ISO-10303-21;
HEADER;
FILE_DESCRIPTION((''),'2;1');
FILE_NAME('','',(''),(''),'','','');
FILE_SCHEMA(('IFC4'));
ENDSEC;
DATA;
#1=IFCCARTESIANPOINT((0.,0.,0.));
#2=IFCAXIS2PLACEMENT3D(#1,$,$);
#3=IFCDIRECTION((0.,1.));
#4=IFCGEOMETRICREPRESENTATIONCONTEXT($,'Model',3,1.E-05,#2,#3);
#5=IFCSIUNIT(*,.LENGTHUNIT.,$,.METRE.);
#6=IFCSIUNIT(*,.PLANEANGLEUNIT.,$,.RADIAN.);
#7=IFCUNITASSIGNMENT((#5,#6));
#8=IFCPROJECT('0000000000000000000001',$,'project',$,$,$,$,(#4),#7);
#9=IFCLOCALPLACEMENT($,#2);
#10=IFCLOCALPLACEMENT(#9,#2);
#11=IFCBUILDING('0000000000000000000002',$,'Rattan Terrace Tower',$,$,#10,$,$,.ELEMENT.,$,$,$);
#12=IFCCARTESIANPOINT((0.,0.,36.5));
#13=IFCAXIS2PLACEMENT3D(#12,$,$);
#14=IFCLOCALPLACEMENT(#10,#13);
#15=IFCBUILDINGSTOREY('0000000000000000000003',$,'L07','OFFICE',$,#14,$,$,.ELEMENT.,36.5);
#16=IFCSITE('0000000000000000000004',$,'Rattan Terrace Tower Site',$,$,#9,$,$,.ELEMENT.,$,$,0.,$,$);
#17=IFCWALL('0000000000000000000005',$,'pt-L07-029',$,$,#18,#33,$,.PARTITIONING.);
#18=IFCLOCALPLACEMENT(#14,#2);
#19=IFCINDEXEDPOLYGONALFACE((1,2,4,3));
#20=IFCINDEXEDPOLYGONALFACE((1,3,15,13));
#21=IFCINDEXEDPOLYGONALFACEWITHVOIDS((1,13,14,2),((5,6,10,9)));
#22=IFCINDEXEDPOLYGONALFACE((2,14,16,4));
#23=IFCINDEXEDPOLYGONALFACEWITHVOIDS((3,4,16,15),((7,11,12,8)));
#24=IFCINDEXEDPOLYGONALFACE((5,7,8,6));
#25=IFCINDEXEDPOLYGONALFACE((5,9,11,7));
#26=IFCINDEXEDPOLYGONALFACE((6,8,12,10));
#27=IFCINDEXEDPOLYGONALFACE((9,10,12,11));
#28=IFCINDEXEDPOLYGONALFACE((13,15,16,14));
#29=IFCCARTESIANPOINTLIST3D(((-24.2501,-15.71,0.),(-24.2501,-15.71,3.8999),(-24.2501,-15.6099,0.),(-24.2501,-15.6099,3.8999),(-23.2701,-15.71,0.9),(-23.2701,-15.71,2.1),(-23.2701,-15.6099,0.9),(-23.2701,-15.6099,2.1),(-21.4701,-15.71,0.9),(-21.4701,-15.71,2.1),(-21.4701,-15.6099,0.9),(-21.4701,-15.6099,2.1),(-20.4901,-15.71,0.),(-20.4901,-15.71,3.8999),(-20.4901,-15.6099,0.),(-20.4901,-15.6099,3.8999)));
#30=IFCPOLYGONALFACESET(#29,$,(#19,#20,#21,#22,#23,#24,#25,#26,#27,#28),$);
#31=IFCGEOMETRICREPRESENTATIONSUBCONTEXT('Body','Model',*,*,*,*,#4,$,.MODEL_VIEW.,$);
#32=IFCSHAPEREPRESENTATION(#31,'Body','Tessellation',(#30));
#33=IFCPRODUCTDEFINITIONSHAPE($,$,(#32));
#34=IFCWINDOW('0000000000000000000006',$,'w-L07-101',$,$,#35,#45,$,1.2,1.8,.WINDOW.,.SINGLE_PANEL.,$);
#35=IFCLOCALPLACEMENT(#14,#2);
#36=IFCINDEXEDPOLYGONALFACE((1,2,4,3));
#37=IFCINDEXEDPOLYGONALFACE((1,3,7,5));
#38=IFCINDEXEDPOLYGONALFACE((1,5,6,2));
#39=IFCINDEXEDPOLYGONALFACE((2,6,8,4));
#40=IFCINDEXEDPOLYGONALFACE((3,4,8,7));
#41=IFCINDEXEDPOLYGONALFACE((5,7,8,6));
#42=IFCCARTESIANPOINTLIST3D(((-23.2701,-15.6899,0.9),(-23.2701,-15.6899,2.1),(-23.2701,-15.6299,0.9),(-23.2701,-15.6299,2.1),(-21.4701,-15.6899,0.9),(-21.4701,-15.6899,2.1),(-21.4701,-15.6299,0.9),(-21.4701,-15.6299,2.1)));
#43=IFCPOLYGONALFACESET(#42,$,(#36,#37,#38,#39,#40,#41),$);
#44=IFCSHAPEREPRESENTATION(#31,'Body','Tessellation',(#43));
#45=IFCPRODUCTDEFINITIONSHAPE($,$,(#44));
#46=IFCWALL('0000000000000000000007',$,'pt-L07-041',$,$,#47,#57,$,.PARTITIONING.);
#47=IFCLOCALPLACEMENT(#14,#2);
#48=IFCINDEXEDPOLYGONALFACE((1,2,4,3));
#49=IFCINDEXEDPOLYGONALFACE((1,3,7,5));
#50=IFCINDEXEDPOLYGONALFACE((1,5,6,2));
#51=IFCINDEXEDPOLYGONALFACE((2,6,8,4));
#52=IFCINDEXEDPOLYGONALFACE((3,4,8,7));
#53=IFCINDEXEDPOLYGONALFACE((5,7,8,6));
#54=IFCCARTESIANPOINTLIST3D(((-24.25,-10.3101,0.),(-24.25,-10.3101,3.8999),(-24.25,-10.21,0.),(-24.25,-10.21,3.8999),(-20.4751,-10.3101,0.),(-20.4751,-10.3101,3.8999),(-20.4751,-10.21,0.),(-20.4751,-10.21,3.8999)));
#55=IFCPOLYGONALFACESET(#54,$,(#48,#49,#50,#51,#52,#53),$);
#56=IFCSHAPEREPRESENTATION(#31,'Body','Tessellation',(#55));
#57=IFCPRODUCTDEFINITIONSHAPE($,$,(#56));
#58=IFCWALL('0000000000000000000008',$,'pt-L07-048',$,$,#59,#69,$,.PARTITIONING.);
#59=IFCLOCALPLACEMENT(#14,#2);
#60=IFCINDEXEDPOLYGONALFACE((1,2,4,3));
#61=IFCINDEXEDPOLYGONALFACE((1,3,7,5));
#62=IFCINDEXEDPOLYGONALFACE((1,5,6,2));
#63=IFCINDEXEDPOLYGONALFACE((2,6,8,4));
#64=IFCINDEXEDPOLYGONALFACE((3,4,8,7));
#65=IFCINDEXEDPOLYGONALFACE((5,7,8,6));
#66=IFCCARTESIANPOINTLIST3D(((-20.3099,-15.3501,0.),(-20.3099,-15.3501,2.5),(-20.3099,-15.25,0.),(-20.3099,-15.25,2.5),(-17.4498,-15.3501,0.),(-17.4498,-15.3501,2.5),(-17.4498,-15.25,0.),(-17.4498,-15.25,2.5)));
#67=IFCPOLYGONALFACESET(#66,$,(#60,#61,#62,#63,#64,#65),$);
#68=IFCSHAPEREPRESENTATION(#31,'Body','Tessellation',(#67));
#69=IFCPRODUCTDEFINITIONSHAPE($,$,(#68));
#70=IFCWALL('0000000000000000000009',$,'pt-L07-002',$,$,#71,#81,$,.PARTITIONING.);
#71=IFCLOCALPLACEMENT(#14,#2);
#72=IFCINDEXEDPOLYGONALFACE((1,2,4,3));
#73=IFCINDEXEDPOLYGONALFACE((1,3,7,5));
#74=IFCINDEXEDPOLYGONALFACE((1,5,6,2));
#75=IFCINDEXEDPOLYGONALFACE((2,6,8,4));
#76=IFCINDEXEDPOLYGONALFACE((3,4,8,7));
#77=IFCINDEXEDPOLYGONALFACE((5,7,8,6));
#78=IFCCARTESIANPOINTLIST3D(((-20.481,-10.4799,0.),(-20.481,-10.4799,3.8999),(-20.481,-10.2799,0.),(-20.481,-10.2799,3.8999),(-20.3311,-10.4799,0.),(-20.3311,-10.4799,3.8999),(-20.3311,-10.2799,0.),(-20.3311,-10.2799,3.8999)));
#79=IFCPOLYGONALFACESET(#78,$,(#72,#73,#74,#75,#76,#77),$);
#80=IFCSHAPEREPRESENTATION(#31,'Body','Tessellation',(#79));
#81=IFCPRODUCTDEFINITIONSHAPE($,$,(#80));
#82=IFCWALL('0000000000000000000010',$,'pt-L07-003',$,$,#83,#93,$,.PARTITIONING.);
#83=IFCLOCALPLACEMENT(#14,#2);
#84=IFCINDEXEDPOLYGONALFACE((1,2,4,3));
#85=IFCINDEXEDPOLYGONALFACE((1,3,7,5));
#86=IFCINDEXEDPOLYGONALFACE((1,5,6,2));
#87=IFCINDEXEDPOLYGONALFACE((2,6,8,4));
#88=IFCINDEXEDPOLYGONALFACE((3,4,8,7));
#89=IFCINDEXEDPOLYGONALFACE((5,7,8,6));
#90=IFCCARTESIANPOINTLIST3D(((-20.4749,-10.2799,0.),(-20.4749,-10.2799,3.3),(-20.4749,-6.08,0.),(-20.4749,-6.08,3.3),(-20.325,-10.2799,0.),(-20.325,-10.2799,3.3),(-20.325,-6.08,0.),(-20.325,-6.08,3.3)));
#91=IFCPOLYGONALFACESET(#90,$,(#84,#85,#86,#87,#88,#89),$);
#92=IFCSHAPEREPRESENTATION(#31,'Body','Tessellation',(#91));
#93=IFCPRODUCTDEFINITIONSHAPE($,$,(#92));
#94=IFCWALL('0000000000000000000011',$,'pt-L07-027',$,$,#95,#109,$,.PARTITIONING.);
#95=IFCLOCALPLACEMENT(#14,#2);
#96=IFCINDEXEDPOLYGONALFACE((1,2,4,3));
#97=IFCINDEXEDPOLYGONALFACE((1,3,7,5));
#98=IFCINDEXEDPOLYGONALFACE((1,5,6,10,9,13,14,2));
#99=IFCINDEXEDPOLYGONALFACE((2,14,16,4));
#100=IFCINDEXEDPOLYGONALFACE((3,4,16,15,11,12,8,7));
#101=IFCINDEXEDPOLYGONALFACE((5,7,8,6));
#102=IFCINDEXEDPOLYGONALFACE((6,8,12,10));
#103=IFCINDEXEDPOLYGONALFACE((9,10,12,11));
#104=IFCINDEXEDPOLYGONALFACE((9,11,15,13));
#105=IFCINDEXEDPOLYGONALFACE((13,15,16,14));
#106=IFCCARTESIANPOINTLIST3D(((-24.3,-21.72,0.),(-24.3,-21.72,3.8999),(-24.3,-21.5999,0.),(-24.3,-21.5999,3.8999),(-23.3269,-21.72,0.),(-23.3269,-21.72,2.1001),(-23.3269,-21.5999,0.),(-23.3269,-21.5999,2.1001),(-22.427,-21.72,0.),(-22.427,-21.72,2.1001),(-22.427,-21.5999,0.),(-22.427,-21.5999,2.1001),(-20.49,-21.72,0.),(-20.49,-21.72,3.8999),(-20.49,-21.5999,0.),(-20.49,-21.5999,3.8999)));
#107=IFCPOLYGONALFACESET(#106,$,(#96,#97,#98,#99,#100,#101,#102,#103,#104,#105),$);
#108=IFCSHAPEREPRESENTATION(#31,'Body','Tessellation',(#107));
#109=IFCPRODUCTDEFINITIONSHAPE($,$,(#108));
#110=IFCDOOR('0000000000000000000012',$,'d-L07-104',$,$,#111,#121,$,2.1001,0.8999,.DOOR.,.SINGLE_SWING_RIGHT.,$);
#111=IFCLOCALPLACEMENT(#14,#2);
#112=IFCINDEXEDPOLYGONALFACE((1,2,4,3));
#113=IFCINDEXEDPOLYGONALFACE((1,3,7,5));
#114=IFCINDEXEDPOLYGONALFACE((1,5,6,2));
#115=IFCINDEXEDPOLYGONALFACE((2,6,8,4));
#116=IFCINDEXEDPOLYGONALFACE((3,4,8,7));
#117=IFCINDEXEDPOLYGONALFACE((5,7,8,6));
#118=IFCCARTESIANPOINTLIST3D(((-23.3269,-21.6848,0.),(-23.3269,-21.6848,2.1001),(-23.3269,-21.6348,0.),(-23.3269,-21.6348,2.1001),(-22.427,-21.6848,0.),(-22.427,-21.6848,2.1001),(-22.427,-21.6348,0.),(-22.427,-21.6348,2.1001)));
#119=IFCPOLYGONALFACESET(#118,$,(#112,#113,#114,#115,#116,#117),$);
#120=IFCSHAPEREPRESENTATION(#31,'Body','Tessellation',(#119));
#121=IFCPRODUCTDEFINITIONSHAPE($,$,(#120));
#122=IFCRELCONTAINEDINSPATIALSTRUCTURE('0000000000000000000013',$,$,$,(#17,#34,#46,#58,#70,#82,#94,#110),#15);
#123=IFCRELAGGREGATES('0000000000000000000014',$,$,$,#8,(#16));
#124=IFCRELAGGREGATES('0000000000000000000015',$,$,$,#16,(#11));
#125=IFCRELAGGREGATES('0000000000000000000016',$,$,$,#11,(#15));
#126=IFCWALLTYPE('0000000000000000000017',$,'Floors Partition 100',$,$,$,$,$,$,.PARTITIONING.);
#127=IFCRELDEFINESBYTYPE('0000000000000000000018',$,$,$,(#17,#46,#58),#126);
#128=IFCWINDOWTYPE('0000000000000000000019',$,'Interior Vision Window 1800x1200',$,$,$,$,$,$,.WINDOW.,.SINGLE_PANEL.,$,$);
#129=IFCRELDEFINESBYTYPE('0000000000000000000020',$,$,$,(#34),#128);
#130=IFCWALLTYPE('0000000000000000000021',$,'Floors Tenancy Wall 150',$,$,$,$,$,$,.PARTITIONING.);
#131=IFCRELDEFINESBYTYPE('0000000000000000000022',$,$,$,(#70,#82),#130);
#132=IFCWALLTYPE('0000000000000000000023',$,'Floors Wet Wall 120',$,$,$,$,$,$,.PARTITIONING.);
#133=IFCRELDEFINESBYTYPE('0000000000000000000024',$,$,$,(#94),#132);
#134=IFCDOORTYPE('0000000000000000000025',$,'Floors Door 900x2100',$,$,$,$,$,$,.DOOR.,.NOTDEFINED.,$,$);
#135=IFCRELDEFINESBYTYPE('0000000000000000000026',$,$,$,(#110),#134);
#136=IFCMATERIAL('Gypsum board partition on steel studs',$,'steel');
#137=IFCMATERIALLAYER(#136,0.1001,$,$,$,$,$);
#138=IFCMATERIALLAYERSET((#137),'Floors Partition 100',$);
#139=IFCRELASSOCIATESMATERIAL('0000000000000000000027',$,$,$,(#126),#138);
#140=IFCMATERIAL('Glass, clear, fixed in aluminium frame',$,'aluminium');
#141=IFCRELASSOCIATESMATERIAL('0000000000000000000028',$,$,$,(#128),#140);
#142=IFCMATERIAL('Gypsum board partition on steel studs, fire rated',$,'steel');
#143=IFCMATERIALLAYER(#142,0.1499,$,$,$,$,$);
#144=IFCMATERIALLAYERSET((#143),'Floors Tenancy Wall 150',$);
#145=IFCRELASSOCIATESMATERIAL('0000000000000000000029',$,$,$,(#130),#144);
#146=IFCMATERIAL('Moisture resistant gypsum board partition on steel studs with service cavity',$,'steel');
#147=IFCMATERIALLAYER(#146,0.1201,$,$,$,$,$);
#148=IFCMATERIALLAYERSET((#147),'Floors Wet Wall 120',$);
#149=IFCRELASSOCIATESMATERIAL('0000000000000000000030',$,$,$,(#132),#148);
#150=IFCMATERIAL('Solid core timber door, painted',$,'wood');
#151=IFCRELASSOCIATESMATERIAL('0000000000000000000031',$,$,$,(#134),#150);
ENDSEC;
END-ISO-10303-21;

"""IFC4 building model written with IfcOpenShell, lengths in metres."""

from ifc_helpers import new_model, si_unit, direction, frame, frame_2d, origin, place, context, subcontext, project, spatial, rectangle, extrude, material, layer, layer_set, type_object, element, fill, save


model = new_model("IFC4")

# Units and contexts
model_context = context("Model", 3, precision=1e-05, world=origin(), true_north=direction((0.0, 1.0)))
body_context = subcontext(model_context, "Body", "Model", "MODEL_VIEW")
ifc_project = project(units=[si_unit("LENGTHUNIT", "METRE"), si_unit("PLANEANGLEUNIT", "RADIAN")], contexts=[model_context])

# Site, building, storey
site_placement = place(None, origin())
site = spatial("IfcSite", under=ifc_project, at=site_placement, Name="Rattan Terrace Tower Site", CompositionType="ELEMENT", RefElevation=0.0)
building_placement = place(site_placement, origin())
building = spatial("IfcBuilding", under=site, at=building_placement, Name="Rattan Terrace Tower", CompositionType="ELEMENT")
storey_placement = place(building_placement, frame((0.0, 0.0, 36.5)))
storey = spatial("IfcBuildingStorey", under=building, at=storey_placement, Name="L07", Description="OFFICE", CompositionType="ELEMENT", Elevation=36.5)

# Wall, opening, window
ifc_material_1 = material(Name="Gypsum board partition on steel studs", Category="steel")
ifc_layer_1 = layer(ifc_material_1, 0.1001)
ifc_layer_set_1 = layer_set([ifc_layer_1], Name="Floors Partition 100")
wall_type_1 = type_object("IfcWallType", Name="Floors Partition 100", PredefinedType="PARTITIONING", material=ifc_layer_set_1)
wall_1_placement = place(storey_placement, frame((-24.25, -15.6599, 0.0), z_axis=(0.0, 0.0, 1.0), x_axis=(1.0, 0.0, 0.0)))
wall_1 = element("IfcWall", 1, at=wall_1_placement, inside=storey, type_object=wall_type_1, Name="pt-L07-029", PredefinedType="PARTITIONING", context=body_context, shape_type="SweptSolid", body=[
    extrude(rectangle(XDim=3.76, YDim=0.1001, at=frame_2d((1.8799, 0.0))), origin(), (0.0, 0.0, 1.0), 3.8999),
])
opening_1_placement = place(wall_1_placement, frame((0.98, 0.0, 0.8999)))
opening_1 = element("IfcOpeningElement", 2, at=opening_1_placement, cuts=wall_1, PredefinedType="OPENING", context=body_context, shape_type="SweptSolid", body=[
    extrude(rectangle(XDim=1.8, YDim=1.2, at=frame_2d((0.8999, 0.6001))), frame((0.0, 0.0605, 0.0), z_axis=(0.0, -1.0, 0.0), x_axis=(1.0, 0.0, 0.0)), (0.0, 0.0, 1.0), 0.1211),
])
ifc_material_2 = material(Name="Glass, clear, fixed in aluminium frame", Category="aluminium")
window_type = type_object("IfcWindowType", Name="Interior Vision Window 1800x1200", PartitioningType="SINGLE_PANEL", PredefinedType="WINDOW", material=ifc_material_2)
window_placement = place(opening_1_placement, origin())
window = element("IfcWindow", 3, at=window_placement, inside=storey, type_object=window_type, Name="w-L07-101", OverallHeight=1.2, OverallWidth=1.8, PartitioningType="SINGLE_PANEL", PredefinedType="WINDOW", context=body_context, shape_type="SweptSolid", body=[
    extrude(rectangle(XDim=1.8, YDim=1.2, at=frame_2d((0.8999, 0.6001))), frame((0.0, 0.03, 0.0), z_axis=(0.0, -1.0, 0.0), x_axis=(1.0, 0.0, 0.0)), (0.0, 0.0, 1.0), 0.0601),
])
fill(opening_1, window)

# Walls
wall_2_placement = place(storey_placement, frame((-24.25, -10.26, 0.0), z_axis=(0.0, 0.0, 1.0), x_axis=(1.0, 0.0, 0.0)))
element("IfcWall", 4, at=wall_2_placement, inside=storey, type_object=wall_type_1, Name="pt-L07-041", PredefinedType="PARTITIONING", context=body_context, shape_type="SweptSolid", body=[
    extrude(rectangle(XDim=3.7749, YDim=0.1001, at=frame_2d((1.8875, 0.0))), origin(), (0.0, 0.0, 1.0), 3.8999),
])
wall_3_placement = place(storey_placement, frame((-20.3101, -15.3, 0.0), z_axis=(0.0, 0.0, 1.0), x_axis=(1.0, 0.0, 0.0)))
element("IfcWall", 5, at=wall_3_placement, inside=storey, type_object=wall_type_1, Name="pt-L07-048", PredefinedType="PARTITIONING", context=body_context, shape_type="SweptSolid", body=[
    extrude(rectangle(XDim=2.8601, YDim=0.1001, at=frame_2d((1.4302, 0.0))), origin(), (0.0, 0.0, 1.0), 2.5),
])
ifc_material_3 = material(Name="Gypsum board partition on steel studs, fire rated", Category="steel")
ifc_layer_2 = layer(ifc_material_3, 0.1499)
ifc_layer_set_2 = layer_set([ifc_layer_2], Name="Floors Tenancy Wall 150")
wall_type_2 = type_object("IfcWallType", Name="Floors Tenancy Wall 150", PredefinedType="PARTITIONING", material=ifc_layer_set_2)
wall_4_placement = place(storey_placement, frame((-20.406, -10.48, 0.0), z_axis=(0.0, 0.0, 1.0), x_axis=(0.0, 1.0, 0.0)))
element("IfcWall", 6, at=wall_4_placement, inside=storey, type_object=wall_type_2, Name="pt-L07-002", PredefinedType="PARTITIONING", context=body_context, shape_type="SweptSolid", body=[
    extrude(rectangle(XDim=0.2, YDim=0.1499, at=frame_2d((0.1001, 0.0))), origin(), (0.0, 0.0, 1.0), 3.8999),
])
wall_5_placement = place(storey_placement, frame((-20.3999, -10.28, 0.0), z_axis=(0.0, 0.0, 1.0), x_axis=(0.0, 1.0, 0.0)))
element("IfcWall", 7, at=wall_5_placement, inside=storey, type_object=wall_type_2, Name="pt-L07-003", PredefinedType="PARTITIONING", context=body_context, shape_type="SweptSolid", body=[
    extrude(rectangle(XDim=4.2, YDim=0.1499, at=frame_2d((2.1001, 0.0))), origin(), (0.0, 0.0, 1.0), 3.3),
])

# Wall, opening, door
ifc_material_4 = material(Name="Moisture resistant gypsum board partition on steel studs with service cavity", Category="steel")
ifc_layer_3 = layer(ifc_material_4, 0.1201)
ifc_layer_set_3 = layer_set([ifc_layer_3], Name="Floors Wet Wall 120")
wall_type_3 = type_object("IfcWallType", Name="Floors Wet Wall 120", PredefinedType="PARTITIONING", material=ifc_layer_set_3)
wall_6_placement = place(storey_placement, frame((-20.49, -21.6599, 0.0), z_axis=(0.0, 0.0, 1.0), x_axis=(-1.0, 0.0, 0.0)))
wall_6 = element("IfcWall", 8, at=wall_6_placement, inside=storey, type_object=wall_type_3, Name="pt-L07-027", PredefinedType="PARTITIONING", context=body_context, shape_type="SweptSolid", body=[
    extrude(rectangle(XDim=3.8101, YDim=0.1201, at=frame_2d((1.905, 0.0))), origin(), (0.0, 0.0, 1.0), 3.8999),
])
opening_2_placement = place(wall_6_placement, frame((1.937, 0.0, 0.0)))
opening_2 = element("IfcOpeningElement", 9, at=opening_2_placement, cuts=wall_6, PredefinedType="OPENING", context=body_context, shape_type="SweptSolid", body=[
    extrude(rectangle(XDim=0.8999, YDim=2.1001, at=frame_2d((0.45, 1.05))), frame((0.0, 0.0706, 0.0), z_axis=(0.0, -1.0, 0.0), x_axis=(1.0, 0.0, 0.0)), (0.0, 0.0, 1.0), 0.1411),
])
ifc_material_5 = material(Name="Solid core timber door, painted", Category="wood")
door_type_1 = type_object("IfcDoorType", Name="Floors Door 900x2100", OperationType="NOTDEFINED", PredefinedType="DOOR", material=ifc_material_5)
door_1_placement = place(opening_2_placement, origin())
door_1 = element("IfcDoor", 10, at=door_1_placement, inside=storey, type_object=door_type_1, Name="d-L07-104", OperationType="SINGLE_SWING_RIGHT", OverallHeight=2.1001, OverallWidth=0.8999, PredefinedType="DOOR", context=body_context, shape_type="SweptSolid", body=[
    extrude(rectangle(XDim=0.8999, YDim=2.1001, at=frame_2d((0.45, 1.05))), frame((0.0, 0.0249, 0.0), z_axis=(0.0, -1.0, 0.0), x_axis=(1.0, 0.0, 0.0)), (0.0, 0.0, 1.0), 0.05),
])
fill(opening_2, door_1)

save(model, "model.ifc")
